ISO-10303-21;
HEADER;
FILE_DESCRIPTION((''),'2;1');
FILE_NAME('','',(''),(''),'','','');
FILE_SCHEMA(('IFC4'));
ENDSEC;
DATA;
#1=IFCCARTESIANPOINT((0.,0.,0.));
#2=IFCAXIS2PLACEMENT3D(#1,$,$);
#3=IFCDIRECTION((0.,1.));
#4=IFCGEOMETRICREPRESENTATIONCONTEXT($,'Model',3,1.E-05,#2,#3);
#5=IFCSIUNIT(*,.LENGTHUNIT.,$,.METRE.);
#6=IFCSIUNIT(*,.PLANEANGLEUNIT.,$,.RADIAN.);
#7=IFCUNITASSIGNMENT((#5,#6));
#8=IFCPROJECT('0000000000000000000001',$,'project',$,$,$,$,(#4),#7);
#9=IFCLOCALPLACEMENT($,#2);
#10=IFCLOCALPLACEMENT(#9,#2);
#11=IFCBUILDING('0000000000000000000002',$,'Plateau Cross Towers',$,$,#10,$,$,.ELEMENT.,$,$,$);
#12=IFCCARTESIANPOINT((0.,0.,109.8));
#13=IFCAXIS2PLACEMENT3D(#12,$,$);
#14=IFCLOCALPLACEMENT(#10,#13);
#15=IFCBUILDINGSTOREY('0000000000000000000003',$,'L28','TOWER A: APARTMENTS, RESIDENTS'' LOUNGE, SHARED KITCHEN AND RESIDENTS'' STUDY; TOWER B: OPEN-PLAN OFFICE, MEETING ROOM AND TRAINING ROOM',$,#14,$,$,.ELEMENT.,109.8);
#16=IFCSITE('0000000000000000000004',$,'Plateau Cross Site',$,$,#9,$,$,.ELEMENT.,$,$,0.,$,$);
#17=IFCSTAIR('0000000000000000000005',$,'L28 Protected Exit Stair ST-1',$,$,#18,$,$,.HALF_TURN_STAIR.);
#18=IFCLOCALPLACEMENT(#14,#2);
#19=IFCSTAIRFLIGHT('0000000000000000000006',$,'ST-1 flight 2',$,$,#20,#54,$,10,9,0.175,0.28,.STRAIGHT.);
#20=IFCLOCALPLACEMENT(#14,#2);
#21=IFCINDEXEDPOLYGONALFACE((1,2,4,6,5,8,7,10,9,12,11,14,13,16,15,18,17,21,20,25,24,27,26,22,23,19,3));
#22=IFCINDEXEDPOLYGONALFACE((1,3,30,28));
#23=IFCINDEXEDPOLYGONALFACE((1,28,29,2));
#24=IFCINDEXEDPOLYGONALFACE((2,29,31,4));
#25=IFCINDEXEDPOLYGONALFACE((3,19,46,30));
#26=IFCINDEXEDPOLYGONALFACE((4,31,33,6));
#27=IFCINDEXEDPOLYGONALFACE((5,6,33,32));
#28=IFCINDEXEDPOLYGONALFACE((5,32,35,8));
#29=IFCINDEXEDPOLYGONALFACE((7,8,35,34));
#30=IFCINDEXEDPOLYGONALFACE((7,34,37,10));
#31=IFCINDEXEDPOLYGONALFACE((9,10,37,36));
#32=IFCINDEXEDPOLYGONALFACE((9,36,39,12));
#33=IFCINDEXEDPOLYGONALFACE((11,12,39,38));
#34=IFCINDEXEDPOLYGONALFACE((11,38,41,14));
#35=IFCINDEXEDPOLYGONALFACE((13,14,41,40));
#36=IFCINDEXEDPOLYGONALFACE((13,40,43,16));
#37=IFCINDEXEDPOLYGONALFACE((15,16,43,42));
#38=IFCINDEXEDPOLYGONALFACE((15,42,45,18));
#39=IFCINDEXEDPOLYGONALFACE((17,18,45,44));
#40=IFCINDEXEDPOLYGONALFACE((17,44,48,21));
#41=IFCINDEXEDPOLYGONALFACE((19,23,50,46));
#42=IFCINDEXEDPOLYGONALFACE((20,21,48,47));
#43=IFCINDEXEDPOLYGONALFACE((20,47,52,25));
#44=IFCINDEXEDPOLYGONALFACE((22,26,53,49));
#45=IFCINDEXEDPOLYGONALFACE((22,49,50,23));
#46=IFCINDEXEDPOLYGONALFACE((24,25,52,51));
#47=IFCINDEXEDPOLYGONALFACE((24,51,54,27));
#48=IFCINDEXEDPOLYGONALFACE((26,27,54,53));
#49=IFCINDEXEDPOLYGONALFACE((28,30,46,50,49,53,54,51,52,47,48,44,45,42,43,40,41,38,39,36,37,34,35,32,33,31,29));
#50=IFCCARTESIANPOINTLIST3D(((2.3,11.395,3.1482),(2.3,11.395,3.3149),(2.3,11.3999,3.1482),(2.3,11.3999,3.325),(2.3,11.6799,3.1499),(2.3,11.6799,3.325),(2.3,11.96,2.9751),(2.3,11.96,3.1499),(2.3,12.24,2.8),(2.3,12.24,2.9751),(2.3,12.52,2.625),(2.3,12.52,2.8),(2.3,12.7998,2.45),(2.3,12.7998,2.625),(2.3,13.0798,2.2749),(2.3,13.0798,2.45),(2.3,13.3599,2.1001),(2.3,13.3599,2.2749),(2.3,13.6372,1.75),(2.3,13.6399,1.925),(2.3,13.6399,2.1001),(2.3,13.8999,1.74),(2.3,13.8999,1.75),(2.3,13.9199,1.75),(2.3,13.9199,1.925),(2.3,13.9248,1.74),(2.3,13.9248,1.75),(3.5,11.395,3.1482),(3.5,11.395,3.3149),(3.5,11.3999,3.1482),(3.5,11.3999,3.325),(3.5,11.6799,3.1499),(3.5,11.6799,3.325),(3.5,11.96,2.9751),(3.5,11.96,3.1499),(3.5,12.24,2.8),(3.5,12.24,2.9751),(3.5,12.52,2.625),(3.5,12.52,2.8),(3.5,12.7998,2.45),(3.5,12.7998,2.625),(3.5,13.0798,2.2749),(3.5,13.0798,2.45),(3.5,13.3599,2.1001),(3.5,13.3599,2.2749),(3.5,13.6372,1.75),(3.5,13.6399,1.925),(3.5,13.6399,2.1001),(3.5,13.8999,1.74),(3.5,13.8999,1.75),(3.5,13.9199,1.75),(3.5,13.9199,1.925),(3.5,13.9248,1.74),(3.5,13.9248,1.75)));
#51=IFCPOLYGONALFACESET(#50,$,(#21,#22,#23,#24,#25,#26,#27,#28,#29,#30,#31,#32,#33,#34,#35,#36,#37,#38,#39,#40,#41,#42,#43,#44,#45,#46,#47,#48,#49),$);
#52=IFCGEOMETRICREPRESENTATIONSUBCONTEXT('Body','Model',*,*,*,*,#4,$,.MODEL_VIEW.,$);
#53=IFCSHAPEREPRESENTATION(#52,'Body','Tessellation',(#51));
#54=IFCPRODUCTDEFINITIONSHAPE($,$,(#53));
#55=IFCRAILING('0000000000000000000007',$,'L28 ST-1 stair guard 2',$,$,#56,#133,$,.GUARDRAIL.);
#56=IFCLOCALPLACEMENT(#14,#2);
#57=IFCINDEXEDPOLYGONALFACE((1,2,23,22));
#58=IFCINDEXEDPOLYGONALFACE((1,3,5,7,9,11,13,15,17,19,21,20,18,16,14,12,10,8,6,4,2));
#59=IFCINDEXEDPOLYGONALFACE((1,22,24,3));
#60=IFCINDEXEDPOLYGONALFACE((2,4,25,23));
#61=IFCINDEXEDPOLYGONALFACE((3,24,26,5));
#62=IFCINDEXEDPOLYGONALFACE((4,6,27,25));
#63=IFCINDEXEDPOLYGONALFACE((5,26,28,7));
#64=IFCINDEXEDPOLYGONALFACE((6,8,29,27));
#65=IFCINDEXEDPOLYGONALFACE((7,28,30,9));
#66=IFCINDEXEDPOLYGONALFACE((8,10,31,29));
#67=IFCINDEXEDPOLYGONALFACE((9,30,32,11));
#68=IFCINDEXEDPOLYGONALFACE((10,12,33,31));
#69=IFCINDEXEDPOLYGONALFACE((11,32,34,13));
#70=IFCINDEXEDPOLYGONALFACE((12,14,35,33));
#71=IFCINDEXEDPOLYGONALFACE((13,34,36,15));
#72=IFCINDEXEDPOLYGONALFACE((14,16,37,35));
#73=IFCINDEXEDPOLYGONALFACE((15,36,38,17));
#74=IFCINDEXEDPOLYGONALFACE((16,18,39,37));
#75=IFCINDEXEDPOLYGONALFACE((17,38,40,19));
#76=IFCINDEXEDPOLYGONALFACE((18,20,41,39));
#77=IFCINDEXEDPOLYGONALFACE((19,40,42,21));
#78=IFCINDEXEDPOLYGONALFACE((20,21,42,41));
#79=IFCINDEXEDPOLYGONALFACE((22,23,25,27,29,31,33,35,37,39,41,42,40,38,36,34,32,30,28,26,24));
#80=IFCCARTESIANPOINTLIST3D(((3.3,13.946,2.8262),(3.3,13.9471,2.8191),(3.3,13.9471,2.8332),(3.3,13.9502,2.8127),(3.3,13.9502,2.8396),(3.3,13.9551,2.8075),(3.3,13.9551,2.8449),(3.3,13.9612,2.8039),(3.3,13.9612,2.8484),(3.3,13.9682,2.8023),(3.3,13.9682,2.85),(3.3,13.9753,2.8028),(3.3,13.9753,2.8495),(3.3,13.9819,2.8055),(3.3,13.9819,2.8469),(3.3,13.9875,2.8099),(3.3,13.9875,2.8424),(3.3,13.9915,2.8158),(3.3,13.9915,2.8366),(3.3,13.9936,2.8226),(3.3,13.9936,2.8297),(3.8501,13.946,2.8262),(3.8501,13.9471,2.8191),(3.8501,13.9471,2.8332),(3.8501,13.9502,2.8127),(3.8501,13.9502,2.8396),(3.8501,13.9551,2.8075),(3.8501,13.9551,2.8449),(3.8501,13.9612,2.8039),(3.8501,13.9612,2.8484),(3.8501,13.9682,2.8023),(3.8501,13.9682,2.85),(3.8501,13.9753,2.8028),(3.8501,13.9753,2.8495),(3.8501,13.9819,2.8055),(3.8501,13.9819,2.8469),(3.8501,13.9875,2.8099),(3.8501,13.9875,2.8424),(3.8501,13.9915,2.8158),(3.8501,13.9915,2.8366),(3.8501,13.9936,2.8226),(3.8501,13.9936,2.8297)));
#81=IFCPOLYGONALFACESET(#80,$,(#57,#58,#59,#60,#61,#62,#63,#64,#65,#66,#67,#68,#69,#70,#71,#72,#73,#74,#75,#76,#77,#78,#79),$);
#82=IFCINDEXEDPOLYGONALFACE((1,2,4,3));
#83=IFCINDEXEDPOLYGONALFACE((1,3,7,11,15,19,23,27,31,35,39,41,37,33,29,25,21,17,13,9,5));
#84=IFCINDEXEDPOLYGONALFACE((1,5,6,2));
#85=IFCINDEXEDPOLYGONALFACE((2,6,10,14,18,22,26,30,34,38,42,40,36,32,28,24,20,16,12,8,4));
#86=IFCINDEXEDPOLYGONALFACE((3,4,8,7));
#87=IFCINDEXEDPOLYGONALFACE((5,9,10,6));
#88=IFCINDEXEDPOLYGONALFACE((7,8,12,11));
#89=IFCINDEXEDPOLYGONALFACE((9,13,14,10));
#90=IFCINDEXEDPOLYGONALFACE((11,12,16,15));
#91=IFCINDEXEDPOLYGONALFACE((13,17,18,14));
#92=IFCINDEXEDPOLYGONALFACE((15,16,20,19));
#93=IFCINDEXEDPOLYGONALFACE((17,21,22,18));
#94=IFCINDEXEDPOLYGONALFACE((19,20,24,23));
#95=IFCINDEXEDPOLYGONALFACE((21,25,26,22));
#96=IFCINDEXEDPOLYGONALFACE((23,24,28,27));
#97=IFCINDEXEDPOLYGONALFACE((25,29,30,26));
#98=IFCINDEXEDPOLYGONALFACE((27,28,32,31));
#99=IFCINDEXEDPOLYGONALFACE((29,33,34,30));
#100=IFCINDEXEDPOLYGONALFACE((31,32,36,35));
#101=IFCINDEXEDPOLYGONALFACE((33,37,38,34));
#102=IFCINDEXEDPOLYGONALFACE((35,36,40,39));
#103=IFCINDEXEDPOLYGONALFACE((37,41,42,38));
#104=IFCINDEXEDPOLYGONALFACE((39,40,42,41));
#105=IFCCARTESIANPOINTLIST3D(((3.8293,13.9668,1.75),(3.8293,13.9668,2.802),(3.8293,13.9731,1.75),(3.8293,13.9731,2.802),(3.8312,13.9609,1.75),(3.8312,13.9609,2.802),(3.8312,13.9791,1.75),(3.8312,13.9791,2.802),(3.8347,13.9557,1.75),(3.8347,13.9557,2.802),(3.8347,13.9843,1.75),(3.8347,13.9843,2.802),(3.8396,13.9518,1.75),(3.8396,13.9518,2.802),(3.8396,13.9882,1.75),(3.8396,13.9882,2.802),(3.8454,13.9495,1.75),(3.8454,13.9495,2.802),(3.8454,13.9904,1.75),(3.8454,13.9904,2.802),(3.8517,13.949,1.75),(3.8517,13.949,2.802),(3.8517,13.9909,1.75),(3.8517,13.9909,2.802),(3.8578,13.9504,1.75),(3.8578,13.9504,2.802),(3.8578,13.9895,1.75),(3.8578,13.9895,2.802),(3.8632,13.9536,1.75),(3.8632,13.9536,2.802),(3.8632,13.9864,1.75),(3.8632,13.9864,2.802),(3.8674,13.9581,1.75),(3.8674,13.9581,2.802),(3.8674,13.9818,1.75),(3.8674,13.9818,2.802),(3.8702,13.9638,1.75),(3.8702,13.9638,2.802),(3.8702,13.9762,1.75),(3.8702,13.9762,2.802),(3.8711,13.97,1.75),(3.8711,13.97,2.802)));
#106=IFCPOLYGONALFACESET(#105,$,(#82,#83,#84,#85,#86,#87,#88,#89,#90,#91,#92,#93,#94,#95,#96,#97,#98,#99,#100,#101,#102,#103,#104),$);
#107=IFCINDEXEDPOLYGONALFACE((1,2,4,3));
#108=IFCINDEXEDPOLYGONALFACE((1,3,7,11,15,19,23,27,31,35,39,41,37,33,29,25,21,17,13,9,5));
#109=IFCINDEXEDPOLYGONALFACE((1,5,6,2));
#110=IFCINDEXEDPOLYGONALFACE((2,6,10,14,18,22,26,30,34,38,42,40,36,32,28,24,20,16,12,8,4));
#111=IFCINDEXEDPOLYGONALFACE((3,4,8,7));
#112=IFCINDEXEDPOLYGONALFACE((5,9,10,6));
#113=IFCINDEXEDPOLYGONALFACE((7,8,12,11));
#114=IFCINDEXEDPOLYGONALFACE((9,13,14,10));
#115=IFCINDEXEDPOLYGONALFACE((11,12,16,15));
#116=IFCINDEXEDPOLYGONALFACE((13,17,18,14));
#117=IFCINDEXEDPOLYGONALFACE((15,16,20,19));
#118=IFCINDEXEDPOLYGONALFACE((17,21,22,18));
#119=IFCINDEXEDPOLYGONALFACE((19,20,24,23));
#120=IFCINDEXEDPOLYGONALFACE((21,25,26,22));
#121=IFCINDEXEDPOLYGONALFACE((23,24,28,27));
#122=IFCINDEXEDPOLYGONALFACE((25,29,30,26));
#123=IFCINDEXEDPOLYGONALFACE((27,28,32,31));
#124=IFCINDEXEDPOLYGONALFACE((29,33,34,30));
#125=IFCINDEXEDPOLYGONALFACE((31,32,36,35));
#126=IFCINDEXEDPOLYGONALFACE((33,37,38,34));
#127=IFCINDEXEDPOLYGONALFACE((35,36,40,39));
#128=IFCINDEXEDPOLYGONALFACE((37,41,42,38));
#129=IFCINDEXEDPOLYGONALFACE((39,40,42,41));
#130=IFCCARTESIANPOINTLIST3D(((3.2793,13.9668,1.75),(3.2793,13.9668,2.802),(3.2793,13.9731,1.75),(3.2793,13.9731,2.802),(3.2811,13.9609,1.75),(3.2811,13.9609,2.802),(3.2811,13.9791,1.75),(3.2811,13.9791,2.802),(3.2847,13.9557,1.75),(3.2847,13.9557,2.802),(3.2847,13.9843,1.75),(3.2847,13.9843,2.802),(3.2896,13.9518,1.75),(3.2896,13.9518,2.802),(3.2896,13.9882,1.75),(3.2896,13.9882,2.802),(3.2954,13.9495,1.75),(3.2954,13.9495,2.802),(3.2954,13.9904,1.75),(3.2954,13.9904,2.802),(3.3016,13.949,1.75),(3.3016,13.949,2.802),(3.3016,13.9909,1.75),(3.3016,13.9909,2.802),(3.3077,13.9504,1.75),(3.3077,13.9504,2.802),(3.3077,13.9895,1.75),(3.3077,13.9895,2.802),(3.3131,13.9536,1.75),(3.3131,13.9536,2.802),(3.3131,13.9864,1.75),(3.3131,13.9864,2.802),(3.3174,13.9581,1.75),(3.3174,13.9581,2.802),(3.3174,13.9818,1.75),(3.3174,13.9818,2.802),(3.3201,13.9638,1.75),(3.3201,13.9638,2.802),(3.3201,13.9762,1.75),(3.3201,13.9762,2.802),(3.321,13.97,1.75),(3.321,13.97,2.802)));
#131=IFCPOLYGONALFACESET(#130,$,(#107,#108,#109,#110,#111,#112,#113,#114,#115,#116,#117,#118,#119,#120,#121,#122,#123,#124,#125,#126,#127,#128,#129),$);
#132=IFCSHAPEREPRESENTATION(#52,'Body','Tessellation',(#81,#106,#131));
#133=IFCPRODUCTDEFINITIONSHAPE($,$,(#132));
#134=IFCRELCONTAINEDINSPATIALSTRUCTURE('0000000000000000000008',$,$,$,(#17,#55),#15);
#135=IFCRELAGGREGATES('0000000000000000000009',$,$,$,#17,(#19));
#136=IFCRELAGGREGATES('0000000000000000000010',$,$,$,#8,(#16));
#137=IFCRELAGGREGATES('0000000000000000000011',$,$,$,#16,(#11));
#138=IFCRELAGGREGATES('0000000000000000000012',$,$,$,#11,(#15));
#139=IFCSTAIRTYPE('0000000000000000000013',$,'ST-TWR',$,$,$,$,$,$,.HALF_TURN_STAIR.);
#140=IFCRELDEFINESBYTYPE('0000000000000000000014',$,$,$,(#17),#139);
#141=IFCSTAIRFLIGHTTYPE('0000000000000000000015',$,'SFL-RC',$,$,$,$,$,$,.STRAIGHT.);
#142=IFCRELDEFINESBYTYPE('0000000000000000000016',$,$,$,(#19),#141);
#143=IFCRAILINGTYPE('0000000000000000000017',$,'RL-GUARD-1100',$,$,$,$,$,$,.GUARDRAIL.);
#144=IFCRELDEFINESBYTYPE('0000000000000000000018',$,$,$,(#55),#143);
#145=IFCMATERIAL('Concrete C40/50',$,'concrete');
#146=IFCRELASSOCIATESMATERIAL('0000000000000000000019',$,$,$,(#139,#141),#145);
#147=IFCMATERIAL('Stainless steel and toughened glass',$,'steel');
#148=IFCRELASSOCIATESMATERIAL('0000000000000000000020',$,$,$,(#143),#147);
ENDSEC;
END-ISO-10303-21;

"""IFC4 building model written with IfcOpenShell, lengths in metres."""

from ifc_helpers import new_model, si_unit, direction, frame, origin, origin_2d, place, context, subcontext, project, spatial, polyline, circle, outline, extrude, material, type_object, element, aggregate, save


model = new_model("IFC4")

# Units and contexts
model_context = context("Model", 3, precision=1e-05, world=origin(), true_north=direction((0.0, 1.0)))
body_context = subcontext(model_context, "Body", "Model", "MODEL_VIEW")
ifc_project = project(units=[si_unit("LENGTHUNIT", "METRE"), si_unit("PLANEANGLEUNIT", "RADIAN")], contexts=[model_context])

# Site, building, storey
site_placement = place(None, origin())
site = spatial("IfcSite", under=ifc_project, at=site_placement, Name="Plateau Cross Site", CompositionType="ELEMENT", RefElevation=0.0)
building_placement = place(site_placement, origin())
building = spatial("IfcBuilding", under=site, at=building_placement, Name="Plateau Cross Towers", CompositionType="ELEMENT")
storey_placement = place(building_placement, frame((0.0, 0.0, 109.8)))
storey = spatial("IfcBuildingStorey", under=building, at=storey_placement, Name="L28", Description="TOWER A: APARTMENTS, RESIDENTS' LOUNGE, SHARED KITCHEN AND RESIDENTS' STUDY; TOWER B: OPEN-PLAN OFFICE, MEETING ROOM AND TRAINING ROOM", CompositionType="ELEMENT", Elevation=109.8)

# Stair, stair flight
ifc_material_1 = material(Name="Concrete C40/50", Category="concrete")
stair_type = type_object("IfcStairType", Name="ST-TWR", PredefinedType="HALF_TURN_STAIR", material=ifc_material_1)
stair_placement = place(storey_placement, origin())
stair = element("IfcStair", 1, at=stair_placement, inside=storey, type_object=stair_type, Name="L28 Protected Exit Stair ST-1", PredefinedType="HALF_TURN_STAIR")
stair_flight_type = type_object("IfcStairFlightType", Name="SFL-RC", PredefinedType="STRAIGHT", material=ifc_material_1)
stair_flight_1_placement = place(storey_placement, frame((2.8999, 13.9199, 1.75), z_axis=(0.0, 0.0, 1.0), x_axis=(0.0, -1.0, 0.0)))
stair_flight_1 = element("IfcStairFlight", 2, at=stair_flight_1_placement, type_object=stair_flight_type, Name="ST-1 flight 2", NumberOfRisers=10, NumberOfTreads=9, PredefinedType="STRAIGHT", RiserHeight=0.175, TreadLength=0.28, context=body_context, shape_type="SweptSolid", body=[
    extrude(outline(polyline([(-0.0049, -0.01), (-0.0049, 0.0), (0.0, 0.0), (0.0, 0.175), (0.28, 0.175), (0.28, 0.3501), (0.5601, 0.3501), (0.5601, 0.5249), (0.8401, 0.5249), (0.8401, 0.7), (1.1201, 0.7), (1.1201, 0.875), (1.3999, 0.875), (1.3999, 1.05), (1.6799, 1.05), (1.6799, 1.2251), (1.96, 1.2251), (1.96, 1.3999), (2.24, 1.3999), (2.24, 1.575), (2.52, 1.575), (2.5249, 1.5649), (2.5249, 1.3982), (2.52, 1.3982), (0.2827, 0.0), (0.02, 0.0), (0.02, -0.01), (-0.0049, -0.01)])), frame((0.0, 0.6001, 0.0), z_axis=(0.0, -1.0, 0.0), x_axis=(1.0, 0.0, 0.0)), (0.0, 0.0, 1.0), 1.2),
])
aggregate(stair, [stair_flight_1])

# Railing
ifc_material_2 = material(Name="Stainless steel and toughened glass", Category="steel")
railing_type_1 = type_object("IfcRailingType", Name="RL-GUARD-1100", PredefinedType="GUARDRAIL", material=ifc_material_2)
railing_1_placement = place(storey_placement, frame((3.8501, 13.97, 1.75)))
element("IfcRailing", 3, at=railing_1_placement, inside=storey, type_object=railing_type_1, Name="L28 ST-1 stair guard 2", PredefinedType="GUARDRAIL", context=body_context, shape_type="SweptSolid", body=[
    extrude(circle(Radius=0.0239, at=origin_2d()), frame((0.0, 0.0, 1.0762), z_axis=(-1.0, 0.0, 0.0), x_axis=(0.0, -1.0, 0.0)), (0.0, 0.0, 1.0), 0.55),
    extrude(circle(Radius=0.021, at=origin_2d()), origin(), (0.0, 0.0, 1.0), 1.052),
    extrude(circle(Radius=0.021, at=origin_2d()), frame((-0.55, 0.0, 0.0)), (0.0, 0.0, 1.0), 1.052),
])

save(model, "model.ifc")
